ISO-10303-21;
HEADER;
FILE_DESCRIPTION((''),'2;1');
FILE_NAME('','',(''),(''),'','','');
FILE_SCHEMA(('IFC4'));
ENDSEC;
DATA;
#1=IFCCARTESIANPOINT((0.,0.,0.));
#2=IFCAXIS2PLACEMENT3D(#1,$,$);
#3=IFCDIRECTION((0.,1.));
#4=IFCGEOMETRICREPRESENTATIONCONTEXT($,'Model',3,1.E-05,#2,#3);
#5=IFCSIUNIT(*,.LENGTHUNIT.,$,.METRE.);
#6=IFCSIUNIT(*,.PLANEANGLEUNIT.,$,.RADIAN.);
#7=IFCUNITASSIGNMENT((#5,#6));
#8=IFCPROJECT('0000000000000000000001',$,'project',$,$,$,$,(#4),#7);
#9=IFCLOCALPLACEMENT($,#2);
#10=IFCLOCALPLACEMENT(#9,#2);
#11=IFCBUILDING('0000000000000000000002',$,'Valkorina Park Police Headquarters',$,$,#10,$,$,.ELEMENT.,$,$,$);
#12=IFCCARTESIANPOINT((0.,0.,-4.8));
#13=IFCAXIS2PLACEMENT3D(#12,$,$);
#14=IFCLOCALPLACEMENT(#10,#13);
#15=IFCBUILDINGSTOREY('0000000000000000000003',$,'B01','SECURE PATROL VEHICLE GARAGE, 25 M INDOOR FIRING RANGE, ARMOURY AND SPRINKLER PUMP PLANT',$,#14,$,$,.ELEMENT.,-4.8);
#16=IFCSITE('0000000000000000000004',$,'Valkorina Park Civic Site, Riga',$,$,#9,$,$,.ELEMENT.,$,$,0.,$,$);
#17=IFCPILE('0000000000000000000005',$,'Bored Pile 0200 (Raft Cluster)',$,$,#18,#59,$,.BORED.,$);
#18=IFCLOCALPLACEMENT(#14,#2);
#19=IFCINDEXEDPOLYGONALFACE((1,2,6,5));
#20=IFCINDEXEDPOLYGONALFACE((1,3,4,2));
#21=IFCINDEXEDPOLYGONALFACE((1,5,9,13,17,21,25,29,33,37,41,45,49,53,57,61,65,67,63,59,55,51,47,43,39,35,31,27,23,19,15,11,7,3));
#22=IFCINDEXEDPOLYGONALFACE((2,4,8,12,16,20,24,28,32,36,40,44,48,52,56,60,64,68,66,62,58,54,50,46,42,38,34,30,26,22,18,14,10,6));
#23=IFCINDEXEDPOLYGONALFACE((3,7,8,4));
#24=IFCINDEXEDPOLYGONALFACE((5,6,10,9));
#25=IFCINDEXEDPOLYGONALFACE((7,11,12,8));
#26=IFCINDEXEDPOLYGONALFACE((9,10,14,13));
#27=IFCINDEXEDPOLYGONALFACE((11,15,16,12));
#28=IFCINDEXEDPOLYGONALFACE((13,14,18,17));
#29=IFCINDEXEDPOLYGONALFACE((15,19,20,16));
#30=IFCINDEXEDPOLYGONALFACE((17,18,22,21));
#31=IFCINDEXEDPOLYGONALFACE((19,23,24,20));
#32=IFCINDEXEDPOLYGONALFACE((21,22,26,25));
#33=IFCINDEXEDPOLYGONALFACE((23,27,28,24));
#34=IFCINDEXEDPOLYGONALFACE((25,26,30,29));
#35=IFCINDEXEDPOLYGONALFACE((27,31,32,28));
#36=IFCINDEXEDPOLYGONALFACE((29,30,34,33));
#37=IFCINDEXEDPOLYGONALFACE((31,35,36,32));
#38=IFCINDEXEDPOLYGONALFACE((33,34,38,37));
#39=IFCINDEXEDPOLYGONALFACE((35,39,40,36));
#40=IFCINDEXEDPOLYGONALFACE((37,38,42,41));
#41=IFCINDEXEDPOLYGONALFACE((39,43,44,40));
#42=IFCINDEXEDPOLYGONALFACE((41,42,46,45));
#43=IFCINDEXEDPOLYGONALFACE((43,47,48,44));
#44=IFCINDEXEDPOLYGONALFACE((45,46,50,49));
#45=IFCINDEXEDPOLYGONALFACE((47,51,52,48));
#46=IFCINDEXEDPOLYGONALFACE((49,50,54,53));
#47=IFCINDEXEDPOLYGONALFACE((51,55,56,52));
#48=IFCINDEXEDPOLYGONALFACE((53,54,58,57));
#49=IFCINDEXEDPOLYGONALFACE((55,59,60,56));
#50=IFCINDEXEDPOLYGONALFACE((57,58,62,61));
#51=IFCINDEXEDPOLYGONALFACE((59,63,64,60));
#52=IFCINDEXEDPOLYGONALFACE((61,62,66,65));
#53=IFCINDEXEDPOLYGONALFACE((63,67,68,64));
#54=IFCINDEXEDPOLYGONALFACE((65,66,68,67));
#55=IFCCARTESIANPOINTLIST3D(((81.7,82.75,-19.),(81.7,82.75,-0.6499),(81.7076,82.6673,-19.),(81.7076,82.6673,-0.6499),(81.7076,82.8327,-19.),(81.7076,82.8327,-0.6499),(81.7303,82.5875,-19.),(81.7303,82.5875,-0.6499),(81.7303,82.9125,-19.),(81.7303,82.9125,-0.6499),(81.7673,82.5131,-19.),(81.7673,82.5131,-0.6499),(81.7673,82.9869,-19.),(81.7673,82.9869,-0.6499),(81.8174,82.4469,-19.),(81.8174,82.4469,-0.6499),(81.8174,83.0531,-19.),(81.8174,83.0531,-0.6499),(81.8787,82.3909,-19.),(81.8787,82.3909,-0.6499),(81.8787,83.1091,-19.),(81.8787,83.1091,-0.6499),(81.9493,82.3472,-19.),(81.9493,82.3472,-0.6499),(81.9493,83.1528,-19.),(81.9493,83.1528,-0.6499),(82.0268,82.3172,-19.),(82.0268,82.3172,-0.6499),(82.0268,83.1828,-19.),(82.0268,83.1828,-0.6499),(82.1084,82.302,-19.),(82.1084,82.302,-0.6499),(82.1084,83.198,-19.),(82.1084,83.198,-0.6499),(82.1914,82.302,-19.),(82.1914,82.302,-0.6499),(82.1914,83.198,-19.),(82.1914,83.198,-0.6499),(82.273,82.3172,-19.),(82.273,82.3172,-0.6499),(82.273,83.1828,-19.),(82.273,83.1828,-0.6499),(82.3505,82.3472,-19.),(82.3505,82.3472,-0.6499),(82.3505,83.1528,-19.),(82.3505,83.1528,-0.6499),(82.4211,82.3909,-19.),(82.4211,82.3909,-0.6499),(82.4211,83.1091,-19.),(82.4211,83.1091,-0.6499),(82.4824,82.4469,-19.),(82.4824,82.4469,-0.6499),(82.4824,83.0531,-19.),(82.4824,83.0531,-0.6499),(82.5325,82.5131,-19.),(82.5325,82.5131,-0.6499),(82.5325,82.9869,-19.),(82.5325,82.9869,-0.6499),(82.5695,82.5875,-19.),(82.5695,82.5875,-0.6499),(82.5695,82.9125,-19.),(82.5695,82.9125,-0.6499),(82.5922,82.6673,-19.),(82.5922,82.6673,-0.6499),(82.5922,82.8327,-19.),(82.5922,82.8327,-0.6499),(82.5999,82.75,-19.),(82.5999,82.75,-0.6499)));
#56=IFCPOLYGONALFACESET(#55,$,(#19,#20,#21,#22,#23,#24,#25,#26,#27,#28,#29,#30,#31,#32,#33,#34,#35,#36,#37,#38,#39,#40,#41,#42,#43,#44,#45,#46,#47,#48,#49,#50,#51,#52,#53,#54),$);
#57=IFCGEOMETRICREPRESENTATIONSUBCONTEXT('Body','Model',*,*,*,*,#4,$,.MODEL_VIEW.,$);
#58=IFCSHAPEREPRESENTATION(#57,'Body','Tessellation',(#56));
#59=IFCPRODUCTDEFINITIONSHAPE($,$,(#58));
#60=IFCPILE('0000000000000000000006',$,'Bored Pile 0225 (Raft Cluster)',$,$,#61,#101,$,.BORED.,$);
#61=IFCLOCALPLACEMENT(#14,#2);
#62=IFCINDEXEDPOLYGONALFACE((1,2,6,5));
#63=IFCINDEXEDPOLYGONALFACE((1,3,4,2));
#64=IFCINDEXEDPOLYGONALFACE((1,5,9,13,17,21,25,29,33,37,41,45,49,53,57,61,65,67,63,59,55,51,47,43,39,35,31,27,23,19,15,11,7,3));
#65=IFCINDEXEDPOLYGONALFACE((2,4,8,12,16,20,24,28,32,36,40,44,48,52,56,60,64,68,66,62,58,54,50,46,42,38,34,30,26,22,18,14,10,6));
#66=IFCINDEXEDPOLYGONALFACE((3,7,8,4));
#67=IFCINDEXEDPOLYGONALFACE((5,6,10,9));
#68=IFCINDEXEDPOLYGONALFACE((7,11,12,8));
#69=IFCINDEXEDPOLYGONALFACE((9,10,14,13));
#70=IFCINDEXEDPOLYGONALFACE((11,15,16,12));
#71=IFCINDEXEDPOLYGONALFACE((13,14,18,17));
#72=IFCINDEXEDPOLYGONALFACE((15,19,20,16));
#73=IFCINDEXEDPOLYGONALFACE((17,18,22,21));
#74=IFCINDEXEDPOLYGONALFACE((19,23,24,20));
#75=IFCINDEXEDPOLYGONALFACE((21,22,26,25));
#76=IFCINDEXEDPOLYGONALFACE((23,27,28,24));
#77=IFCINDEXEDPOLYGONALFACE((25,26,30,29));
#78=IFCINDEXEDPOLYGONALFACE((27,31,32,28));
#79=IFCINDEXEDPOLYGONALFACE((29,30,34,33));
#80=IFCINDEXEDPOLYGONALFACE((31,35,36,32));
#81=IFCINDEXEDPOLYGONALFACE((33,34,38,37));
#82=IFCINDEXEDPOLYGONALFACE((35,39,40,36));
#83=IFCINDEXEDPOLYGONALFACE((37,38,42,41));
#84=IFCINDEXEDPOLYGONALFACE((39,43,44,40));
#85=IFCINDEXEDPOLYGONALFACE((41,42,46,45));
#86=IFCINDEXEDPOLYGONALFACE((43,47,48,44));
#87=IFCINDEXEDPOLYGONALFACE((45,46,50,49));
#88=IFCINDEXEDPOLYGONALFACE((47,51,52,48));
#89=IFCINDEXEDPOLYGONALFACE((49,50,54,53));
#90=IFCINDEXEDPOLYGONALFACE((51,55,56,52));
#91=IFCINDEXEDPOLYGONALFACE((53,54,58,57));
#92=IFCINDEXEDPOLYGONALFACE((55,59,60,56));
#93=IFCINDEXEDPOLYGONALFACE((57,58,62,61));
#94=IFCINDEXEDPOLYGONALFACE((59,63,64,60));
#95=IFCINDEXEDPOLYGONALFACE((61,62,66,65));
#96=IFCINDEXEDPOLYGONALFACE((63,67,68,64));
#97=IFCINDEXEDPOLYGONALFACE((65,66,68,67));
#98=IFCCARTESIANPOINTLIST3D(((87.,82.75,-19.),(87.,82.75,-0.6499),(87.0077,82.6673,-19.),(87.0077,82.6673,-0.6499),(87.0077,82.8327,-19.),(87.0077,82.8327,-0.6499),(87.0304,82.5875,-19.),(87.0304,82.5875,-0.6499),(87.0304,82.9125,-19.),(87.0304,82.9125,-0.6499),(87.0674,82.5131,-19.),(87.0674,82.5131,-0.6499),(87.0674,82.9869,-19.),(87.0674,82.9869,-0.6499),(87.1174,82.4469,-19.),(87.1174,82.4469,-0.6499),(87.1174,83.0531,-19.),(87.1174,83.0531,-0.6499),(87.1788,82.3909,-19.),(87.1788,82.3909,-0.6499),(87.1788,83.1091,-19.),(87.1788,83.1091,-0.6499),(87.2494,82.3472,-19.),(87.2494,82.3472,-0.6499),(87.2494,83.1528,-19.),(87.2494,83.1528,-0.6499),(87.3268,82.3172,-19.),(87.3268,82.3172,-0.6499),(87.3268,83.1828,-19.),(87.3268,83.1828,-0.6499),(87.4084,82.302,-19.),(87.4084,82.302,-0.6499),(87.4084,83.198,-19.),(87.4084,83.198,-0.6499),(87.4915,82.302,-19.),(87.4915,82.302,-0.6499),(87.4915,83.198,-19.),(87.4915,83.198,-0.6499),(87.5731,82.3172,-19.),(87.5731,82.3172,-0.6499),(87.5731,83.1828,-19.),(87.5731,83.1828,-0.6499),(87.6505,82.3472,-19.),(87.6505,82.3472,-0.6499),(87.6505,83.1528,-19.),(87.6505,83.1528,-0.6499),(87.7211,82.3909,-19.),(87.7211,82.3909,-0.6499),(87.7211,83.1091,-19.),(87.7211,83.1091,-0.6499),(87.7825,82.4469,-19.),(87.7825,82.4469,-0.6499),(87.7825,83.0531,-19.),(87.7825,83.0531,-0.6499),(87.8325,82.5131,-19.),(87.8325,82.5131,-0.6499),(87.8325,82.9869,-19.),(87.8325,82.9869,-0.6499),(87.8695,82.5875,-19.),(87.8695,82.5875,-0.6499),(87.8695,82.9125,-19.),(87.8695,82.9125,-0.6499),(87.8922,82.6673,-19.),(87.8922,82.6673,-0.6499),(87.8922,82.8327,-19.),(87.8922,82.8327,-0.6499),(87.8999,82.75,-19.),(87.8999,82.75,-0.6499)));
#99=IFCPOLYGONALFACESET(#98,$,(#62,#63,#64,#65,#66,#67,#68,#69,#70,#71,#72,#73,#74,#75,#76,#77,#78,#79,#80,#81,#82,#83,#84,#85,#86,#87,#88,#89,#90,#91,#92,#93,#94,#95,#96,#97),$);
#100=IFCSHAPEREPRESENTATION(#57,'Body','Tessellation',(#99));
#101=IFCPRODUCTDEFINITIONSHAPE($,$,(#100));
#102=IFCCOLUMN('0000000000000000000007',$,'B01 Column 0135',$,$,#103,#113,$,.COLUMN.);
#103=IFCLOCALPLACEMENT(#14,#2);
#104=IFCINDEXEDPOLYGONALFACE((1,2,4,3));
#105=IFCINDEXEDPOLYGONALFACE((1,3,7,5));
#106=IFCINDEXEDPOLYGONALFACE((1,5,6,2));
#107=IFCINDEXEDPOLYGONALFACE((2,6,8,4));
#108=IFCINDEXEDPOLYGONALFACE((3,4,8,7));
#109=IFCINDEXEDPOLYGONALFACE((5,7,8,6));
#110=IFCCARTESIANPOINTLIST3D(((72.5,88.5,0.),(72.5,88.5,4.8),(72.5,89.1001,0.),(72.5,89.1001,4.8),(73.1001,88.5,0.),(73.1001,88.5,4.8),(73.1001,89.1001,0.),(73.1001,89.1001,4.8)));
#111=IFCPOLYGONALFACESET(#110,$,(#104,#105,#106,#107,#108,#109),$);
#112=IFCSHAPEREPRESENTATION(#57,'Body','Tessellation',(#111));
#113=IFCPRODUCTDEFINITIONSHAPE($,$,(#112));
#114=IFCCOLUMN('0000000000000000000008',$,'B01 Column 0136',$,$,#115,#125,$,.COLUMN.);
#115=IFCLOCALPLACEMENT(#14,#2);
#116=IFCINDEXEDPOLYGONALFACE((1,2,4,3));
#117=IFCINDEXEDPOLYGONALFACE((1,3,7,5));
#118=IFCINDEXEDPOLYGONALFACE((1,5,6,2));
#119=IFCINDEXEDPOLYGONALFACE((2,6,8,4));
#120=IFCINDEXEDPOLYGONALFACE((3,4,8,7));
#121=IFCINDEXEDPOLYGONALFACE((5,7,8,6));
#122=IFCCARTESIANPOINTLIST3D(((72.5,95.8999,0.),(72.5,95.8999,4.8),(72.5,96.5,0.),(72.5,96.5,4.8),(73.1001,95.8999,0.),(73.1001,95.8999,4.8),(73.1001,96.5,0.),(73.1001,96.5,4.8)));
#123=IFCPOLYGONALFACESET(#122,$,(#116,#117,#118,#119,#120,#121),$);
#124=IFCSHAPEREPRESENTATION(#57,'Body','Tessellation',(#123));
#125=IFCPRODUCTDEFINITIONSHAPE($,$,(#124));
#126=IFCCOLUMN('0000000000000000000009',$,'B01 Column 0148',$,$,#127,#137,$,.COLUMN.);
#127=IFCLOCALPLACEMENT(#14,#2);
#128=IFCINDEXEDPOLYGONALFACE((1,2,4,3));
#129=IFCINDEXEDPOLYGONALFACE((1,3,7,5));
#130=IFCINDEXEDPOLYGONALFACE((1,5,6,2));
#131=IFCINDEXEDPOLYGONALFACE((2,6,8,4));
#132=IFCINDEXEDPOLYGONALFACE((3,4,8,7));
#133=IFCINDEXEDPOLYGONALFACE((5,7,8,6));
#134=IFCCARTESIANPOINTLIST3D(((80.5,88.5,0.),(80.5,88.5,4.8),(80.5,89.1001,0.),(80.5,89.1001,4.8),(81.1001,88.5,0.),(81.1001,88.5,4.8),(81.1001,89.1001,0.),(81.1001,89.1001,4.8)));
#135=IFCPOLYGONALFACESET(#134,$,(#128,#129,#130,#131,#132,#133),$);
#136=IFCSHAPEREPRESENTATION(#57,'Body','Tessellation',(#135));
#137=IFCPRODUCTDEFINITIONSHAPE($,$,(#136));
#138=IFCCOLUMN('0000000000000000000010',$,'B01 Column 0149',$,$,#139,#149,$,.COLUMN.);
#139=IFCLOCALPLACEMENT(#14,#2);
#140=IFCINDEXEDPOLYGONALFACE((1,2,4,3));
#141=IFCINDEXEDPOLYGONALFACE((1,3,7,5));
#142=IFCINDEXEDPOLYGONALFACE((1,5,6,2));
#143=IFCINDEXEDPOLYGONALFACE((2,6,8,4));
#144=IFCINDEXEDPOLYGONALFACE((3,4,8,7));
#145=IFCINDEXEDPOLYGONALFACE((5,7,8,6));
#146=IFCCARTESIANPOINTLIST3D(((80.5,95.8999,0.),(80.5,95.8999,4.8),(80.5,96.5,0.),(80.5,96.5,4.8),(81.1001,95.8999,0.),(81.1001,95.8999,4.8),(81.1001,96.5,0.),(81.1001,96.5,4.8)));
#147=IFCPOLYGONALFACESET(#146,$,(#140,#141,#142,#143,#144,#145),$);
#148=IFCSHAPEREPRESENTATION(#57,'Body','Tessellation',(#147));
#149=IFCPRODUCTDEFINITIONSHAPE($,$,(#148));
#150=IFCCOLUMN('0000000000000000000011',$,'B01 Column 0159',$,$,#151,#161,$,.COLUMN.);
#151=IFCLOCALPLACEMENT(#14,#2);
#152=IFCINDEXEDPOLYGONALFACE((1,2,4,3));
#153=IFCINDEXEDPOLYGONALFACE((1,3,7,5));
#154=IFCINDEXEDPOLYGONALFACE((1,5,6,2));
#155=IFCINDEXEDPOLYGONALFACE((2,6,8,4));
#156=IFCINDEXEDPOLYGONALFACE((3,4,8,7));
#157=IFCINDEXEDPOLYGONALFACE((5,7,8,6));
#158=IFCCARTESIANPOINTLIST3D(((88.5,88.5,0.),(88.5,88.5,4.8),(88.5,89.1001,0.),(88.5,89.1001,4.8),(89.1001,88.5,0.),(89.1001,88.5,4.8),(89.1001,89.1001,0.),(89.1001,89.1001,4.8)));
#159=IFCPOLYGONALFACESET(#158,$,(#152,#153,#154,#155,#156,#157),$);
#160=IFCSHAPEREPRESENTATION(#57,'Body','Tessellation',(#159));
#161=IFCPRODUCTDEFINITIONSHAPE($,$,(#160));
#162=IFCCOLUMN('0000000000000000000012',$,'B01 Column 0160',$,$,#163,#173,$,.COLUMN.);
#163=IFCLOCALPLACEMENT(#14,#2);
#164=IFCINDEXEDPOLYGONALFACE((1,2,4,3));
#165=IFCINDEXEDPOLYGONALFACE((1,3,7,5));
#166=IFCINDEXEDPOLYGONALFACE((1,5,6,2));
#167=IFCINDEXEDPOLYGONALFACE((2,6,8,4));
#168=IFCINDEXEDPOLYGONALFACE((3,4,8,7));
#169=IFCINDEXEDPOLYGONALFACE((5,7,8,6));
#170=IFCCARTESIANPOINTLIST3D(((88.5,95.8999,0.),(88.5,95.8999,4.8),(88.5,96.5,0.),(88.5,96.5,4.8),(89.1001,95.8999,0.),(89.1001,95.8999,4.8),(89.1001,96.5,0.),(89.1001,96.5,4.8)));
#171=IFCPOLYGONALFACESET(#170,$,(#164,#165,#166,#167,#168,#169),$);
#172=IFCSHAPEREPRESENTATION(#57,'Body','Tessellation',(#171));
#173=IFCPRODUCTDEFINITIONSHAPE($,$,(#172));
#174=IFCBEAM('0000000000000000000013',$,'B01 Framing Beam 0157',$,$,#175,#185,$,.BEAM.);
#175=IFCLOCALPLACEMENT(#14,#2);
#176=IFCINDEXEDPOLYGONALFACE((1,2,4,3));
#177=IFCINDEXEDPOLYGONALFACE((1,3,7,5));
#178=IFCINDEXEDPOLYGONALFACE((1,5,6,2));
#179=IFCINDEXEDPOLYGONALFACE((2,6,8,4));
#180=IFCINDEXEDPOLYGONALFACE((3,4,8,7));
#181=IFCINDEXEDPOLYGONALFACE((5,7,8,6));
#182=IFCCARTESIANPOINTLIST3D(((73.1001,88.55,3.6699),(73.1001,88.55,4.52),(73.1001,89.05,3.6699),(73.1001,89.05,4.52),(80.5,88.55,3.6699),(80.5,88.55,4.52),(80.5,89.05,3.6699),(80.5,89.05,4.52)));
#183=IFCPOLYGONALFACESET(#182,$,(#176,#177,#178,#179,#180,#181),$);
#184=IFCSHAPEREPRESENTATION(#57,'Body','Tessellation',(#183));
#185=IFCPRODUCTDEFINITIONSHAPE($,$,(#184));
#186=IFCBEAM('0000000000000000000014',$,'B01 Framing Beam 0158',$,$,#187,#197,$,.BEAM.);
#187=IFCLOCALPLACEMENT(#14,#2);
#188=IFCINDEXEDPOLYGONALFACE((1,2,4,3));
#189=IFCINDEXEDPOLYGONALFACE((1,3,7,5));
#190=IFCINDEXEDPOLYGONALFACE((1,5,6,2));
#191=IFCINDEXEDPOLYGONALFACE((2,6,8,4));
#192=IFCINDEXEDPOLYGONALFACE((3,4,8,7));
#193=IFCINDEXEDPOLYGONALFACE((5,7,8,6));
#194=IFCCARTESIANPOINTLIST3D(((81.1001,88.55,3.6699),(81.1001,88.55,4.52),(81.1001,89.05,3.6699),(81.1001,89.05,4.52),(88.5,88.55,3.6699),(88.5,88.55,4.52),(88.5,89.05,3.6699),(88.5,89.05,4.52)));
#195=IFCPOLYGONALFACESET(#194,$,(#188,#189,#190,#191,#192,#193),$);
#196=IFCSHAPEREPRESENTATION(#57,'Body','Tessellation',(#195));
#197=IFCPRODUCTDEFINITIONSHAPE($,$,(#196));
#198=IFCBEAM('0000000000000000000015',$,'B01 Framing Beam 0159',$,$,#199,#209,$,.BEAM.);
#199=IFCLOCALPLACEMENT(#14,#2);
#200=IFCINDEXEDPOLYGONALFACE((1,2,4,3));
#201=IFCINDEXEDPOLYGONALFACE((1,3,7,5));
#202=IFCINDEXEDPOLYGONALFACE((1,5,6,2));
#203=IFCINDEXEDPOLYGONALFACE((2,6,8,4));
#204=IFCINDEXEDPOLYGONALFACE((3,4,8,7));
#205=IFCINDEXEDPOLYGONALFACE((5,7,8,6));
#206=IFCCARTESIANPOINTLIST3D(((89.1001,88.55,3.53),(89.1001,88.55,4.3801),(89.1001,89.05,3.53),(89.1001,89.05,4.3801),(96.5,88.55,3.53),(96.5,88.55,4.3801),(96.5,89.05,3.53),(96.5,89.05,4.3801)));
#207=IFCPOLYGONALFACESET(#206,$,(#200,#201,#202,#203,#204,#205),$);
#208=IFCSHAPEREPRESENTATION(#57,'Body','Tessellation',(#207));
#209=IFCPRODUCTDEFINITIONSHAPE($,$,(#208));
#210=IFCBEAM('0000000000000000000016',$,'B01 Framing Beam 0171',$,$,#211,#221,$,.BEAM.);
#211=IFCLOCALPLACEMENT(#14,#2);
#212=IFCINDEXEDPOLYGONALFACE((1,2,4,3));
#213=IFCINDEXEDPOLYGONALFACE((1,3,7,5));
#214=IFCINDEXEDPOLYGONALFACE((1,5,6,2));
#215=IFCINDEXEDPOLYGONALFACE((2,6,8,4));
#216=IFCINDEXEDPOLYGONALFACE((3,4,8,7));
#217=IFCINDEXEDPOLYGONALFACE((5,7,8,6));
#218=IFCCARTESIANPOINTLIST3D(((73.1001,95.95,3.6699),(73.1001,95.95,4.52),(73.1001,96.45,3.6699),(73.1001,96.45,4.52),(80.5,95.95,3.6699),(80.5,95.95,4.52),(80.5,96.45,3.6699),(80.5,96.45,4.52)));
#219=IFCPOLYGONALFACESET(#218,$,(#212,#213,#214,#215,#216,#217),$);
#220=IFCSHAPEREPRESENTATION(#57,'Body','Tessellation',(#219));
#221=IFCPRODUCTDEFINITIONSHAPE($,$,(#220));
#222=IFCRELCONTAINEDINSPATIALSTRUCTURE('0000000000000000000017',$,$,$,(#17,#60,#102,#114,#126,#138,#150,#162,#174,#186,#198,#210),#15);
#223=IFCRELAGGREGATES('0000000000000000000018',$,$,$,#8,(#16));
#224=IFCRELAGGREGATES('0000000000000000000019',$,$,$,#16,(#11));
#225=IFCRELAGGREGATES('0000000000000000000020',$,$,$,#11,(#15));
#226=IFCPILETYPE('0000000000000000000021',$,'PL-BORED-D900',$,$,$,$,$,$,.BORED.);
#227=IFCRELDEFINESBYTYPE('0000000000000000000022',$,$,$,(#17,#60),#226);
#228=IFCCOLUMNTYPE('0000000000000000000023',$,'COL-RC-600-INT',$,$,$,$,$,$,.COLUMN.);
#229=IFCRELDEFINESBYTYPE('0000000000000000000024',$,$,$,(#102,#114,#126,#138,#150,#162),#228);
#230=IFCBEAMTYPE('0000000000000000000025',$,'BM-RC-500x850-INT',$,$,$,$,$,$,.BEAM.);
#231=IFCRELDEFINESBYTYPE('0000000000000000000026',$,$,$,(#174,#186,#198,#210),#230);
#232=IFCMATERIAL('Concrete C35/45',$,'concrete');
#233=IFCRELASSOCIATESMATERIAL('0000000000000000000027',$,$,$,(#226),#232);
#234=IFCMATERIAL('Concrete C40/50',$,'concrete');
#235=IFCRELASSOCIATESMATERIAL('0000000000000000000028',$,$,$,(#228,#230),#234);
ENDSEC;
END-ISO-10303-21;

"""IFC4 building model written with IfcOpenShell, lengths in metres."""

from ifc_helpers import new_model, si_unit, direction, frame, origin, origin_2d, place, context, subcontext, project, spatial, rectangle, circle, extrude, material, material_profile, profile_set, type_object, element, save


model = new_model("IFC4")

# Units and contexts
model_context = context("Model", 3, precision=1e-05, world=origin(), true_north=direction((0.0, 1.0)))
body_context = subcontext(model_context, "Body", "Model", "MODEL_VIEW")
ifc_project = project(units=[si_unit("LENGTHUNIT", "METRE"), si_unit("PLANEANGLEUNIT", "RADIAN")], contexts=[model_context])

# Site, building, storey
site_placement = place(None, origin())
site = spatial("IfcSite", under=ifc_project, at=site_placement, Name="Valkorina Park Civic Site, Riga", CompositionType="ELEMENT", RefElevation=0.0)
building_placement = place(site_placement, origin())
building = spatial("IfcBuilding", under=site, at=building_placement, Name="Valkorina Park Police Headquarters", CompositionType="ELEMENT")
storey_placement = place(building_placement, frame((0.0, 0.0, -4.8)))
storey = spatial("IfcBuildingStorey", under=building, at=storey_placement, Name="B01", Description="SECURE PATROL VEHICLE GARAGE, 25 M INDOOR FIRING RANGE, ARMOURY AND SPRINKLER PUMP PLANT", CompositionType="ELEMENT", Elevation=-4.8)

# Piles
ifc_material_1 = material(Name="Concrete C35/45", Category="concrete")
ifc_material_profile_1 = material_profile(ifc_material_1, circle(Radius=0.45, at=origin_2d()), Name="BORED PILE D900")
ifc_profile_set_1 = profile_set([ifc_material_profile_1], Name="Concrete C35/45")
pile_type_1 = type_object("IfcPileType", Name="PL-BORED-D900", PredefinedType="BORED", material=ifc_profile_set_1)
for number, where, z_axis, x_axis, name in (
    (1, (82.1499, 82.75, -0.6499), (0.0, 0.0, -1.0), (1.0, 0.0, 0.0), "Bored Pile 0200 (Raft Cluster)"),
    (2, (87.45, 82.75, -0.6499), (0.0, 0.0, -1.0), (1.0, 0.0, 0.0), "Bored Pile 0225 (Raft Cluster)"),
):
    element("IfcPile", number, at=place(storey_placement, frame(where, z_axis=z_axis, x_axis=x_axis)), inside=storey, type_object=pile_type_1, Name=name, PredefinedType="BORED", context=body_context, shape_type="SweptSolid", body=[
        extrude(circle(Radius=0.45, at=origin_2d()), origin(), (0.0, 0.0, 1.0), 18.3501),
    ])

# Columns
ifc_material_2 = material(Name="Concrete C40/50", Category="concrete")
ifc_material_profile_2 = material_profile(ifc_material_2, rectangle(XDim=0.6001, YDim=0.6001, at=origin_2d()), Name="RC COL 600x600")
ifc_profile_set_2 = profile_set([ifc_material_profile_2], Name="Concrete C40/50")
column_type = type_object("IfcColumnType", Name="COL-RC-600-INT", PredefinedType="COLUMN", material=ifc_profile_set_2)
for number, where, z_axis, x_axis, name in (
    (3, (72.8, 88.8, 0.0), (0.0, 0.0, 1.0), (1.0, 0.0, 0.0), "B01 Column 0135"),
    (4, (72.8, 96.2, 0.0), (0.0, 0.0, 1.0), (1.0, 0.0, 0.0), "B01 Column 0136"),
    (5, (80.8, 88.8, 0.0), (0.0, 0.0, 1.0), (1.0, 0.0, 0.0), "B01 Column 0148"),
    (6, (80.8, 96.2, 0.0), (0.0, 0.0, 1.0), (1.0, 0.0, 0.0), "B01 Column 0149"),
    (7, (88.8, 88.8, 0.0), (0.0, 0.0, 1.0), (1.0, 0.0, 0.0), "B01 Column 0159"),
    (8, (88.8, 96.2, 0.0), (0.0, 0.0, 1.0), (1.0, 0.0, 0.0), "B01 Column 0160"),
):
    element("IfcColumn", number, at=place(storey_placement, frame(where, z_axis=z_axis, x_axis=x_axis)), inside=storey, type_object=column_type, Name=name, PredefinedType="COLUMN", context=body_context, shape_type="SweptSolid", body=[
        extrude(rectangle(XDim=0.6001, YDim=0.6001, at=origin_2d()), origin(), (0.0, 0.0, 1.0), 4.8),
    ])

# Beams
ifc_material_profile_3 = material_profile(ifc_material_2, rectangle(XDim=0.5, YDim=0.8501, at=origin_2d()), Name="RC BEAM 500x850")
ifc_profile_set_3 = profile_set([ifc_material_profile_3], Name="Concrete C40/50")
beam_type_1 = type_object("IfcBeamType", Name="BM-RC-500x850-INT", PredefinedType="BEAM", material=ifc_profile_set_3)
for number, where, z_axis, x_axis, name in (
    (9, (73.1001, 88.8, 4.095), (1.0, 0.0, 0.0), (0.0, 1.0, 0.0), "B01 Framing Beam 0157"),
    (10, (81.1001, 88.8, 4.095), (1.0, 0.0, 0.0), (0.0, 1.0, 0.0), "B01 Framing Beam 0158"),
    (11, (89.1001, 88.8, 3.9551), (1.0, 0.0, 0.0), (0.0, 1.0, 0.0), "B01 Framing Beam 0159"),
    (12, (73.1001, 96.2, 4.095), (1.0, 0.0, 0.0), (0.0, 1.0, 0.0), "B01 Framing Beam 0171"),
):
    element("IfcBeam", number, at=place(storey_placement, frame(where, z_axis=z_axis, x_axis=x_axis)), inside=storey, type_object=beam_type_1, Name=name, PredefinedType="BEAM", context=body_context, shape_type="SweptSolid", body=[
        extrude(rectangle(XDim=0.5, YDim=0.8501, at=origin_2d()), origin(), (0.0, 0.0, 1.0), 7.3999),
    ])

save(model, "model.ifc")
